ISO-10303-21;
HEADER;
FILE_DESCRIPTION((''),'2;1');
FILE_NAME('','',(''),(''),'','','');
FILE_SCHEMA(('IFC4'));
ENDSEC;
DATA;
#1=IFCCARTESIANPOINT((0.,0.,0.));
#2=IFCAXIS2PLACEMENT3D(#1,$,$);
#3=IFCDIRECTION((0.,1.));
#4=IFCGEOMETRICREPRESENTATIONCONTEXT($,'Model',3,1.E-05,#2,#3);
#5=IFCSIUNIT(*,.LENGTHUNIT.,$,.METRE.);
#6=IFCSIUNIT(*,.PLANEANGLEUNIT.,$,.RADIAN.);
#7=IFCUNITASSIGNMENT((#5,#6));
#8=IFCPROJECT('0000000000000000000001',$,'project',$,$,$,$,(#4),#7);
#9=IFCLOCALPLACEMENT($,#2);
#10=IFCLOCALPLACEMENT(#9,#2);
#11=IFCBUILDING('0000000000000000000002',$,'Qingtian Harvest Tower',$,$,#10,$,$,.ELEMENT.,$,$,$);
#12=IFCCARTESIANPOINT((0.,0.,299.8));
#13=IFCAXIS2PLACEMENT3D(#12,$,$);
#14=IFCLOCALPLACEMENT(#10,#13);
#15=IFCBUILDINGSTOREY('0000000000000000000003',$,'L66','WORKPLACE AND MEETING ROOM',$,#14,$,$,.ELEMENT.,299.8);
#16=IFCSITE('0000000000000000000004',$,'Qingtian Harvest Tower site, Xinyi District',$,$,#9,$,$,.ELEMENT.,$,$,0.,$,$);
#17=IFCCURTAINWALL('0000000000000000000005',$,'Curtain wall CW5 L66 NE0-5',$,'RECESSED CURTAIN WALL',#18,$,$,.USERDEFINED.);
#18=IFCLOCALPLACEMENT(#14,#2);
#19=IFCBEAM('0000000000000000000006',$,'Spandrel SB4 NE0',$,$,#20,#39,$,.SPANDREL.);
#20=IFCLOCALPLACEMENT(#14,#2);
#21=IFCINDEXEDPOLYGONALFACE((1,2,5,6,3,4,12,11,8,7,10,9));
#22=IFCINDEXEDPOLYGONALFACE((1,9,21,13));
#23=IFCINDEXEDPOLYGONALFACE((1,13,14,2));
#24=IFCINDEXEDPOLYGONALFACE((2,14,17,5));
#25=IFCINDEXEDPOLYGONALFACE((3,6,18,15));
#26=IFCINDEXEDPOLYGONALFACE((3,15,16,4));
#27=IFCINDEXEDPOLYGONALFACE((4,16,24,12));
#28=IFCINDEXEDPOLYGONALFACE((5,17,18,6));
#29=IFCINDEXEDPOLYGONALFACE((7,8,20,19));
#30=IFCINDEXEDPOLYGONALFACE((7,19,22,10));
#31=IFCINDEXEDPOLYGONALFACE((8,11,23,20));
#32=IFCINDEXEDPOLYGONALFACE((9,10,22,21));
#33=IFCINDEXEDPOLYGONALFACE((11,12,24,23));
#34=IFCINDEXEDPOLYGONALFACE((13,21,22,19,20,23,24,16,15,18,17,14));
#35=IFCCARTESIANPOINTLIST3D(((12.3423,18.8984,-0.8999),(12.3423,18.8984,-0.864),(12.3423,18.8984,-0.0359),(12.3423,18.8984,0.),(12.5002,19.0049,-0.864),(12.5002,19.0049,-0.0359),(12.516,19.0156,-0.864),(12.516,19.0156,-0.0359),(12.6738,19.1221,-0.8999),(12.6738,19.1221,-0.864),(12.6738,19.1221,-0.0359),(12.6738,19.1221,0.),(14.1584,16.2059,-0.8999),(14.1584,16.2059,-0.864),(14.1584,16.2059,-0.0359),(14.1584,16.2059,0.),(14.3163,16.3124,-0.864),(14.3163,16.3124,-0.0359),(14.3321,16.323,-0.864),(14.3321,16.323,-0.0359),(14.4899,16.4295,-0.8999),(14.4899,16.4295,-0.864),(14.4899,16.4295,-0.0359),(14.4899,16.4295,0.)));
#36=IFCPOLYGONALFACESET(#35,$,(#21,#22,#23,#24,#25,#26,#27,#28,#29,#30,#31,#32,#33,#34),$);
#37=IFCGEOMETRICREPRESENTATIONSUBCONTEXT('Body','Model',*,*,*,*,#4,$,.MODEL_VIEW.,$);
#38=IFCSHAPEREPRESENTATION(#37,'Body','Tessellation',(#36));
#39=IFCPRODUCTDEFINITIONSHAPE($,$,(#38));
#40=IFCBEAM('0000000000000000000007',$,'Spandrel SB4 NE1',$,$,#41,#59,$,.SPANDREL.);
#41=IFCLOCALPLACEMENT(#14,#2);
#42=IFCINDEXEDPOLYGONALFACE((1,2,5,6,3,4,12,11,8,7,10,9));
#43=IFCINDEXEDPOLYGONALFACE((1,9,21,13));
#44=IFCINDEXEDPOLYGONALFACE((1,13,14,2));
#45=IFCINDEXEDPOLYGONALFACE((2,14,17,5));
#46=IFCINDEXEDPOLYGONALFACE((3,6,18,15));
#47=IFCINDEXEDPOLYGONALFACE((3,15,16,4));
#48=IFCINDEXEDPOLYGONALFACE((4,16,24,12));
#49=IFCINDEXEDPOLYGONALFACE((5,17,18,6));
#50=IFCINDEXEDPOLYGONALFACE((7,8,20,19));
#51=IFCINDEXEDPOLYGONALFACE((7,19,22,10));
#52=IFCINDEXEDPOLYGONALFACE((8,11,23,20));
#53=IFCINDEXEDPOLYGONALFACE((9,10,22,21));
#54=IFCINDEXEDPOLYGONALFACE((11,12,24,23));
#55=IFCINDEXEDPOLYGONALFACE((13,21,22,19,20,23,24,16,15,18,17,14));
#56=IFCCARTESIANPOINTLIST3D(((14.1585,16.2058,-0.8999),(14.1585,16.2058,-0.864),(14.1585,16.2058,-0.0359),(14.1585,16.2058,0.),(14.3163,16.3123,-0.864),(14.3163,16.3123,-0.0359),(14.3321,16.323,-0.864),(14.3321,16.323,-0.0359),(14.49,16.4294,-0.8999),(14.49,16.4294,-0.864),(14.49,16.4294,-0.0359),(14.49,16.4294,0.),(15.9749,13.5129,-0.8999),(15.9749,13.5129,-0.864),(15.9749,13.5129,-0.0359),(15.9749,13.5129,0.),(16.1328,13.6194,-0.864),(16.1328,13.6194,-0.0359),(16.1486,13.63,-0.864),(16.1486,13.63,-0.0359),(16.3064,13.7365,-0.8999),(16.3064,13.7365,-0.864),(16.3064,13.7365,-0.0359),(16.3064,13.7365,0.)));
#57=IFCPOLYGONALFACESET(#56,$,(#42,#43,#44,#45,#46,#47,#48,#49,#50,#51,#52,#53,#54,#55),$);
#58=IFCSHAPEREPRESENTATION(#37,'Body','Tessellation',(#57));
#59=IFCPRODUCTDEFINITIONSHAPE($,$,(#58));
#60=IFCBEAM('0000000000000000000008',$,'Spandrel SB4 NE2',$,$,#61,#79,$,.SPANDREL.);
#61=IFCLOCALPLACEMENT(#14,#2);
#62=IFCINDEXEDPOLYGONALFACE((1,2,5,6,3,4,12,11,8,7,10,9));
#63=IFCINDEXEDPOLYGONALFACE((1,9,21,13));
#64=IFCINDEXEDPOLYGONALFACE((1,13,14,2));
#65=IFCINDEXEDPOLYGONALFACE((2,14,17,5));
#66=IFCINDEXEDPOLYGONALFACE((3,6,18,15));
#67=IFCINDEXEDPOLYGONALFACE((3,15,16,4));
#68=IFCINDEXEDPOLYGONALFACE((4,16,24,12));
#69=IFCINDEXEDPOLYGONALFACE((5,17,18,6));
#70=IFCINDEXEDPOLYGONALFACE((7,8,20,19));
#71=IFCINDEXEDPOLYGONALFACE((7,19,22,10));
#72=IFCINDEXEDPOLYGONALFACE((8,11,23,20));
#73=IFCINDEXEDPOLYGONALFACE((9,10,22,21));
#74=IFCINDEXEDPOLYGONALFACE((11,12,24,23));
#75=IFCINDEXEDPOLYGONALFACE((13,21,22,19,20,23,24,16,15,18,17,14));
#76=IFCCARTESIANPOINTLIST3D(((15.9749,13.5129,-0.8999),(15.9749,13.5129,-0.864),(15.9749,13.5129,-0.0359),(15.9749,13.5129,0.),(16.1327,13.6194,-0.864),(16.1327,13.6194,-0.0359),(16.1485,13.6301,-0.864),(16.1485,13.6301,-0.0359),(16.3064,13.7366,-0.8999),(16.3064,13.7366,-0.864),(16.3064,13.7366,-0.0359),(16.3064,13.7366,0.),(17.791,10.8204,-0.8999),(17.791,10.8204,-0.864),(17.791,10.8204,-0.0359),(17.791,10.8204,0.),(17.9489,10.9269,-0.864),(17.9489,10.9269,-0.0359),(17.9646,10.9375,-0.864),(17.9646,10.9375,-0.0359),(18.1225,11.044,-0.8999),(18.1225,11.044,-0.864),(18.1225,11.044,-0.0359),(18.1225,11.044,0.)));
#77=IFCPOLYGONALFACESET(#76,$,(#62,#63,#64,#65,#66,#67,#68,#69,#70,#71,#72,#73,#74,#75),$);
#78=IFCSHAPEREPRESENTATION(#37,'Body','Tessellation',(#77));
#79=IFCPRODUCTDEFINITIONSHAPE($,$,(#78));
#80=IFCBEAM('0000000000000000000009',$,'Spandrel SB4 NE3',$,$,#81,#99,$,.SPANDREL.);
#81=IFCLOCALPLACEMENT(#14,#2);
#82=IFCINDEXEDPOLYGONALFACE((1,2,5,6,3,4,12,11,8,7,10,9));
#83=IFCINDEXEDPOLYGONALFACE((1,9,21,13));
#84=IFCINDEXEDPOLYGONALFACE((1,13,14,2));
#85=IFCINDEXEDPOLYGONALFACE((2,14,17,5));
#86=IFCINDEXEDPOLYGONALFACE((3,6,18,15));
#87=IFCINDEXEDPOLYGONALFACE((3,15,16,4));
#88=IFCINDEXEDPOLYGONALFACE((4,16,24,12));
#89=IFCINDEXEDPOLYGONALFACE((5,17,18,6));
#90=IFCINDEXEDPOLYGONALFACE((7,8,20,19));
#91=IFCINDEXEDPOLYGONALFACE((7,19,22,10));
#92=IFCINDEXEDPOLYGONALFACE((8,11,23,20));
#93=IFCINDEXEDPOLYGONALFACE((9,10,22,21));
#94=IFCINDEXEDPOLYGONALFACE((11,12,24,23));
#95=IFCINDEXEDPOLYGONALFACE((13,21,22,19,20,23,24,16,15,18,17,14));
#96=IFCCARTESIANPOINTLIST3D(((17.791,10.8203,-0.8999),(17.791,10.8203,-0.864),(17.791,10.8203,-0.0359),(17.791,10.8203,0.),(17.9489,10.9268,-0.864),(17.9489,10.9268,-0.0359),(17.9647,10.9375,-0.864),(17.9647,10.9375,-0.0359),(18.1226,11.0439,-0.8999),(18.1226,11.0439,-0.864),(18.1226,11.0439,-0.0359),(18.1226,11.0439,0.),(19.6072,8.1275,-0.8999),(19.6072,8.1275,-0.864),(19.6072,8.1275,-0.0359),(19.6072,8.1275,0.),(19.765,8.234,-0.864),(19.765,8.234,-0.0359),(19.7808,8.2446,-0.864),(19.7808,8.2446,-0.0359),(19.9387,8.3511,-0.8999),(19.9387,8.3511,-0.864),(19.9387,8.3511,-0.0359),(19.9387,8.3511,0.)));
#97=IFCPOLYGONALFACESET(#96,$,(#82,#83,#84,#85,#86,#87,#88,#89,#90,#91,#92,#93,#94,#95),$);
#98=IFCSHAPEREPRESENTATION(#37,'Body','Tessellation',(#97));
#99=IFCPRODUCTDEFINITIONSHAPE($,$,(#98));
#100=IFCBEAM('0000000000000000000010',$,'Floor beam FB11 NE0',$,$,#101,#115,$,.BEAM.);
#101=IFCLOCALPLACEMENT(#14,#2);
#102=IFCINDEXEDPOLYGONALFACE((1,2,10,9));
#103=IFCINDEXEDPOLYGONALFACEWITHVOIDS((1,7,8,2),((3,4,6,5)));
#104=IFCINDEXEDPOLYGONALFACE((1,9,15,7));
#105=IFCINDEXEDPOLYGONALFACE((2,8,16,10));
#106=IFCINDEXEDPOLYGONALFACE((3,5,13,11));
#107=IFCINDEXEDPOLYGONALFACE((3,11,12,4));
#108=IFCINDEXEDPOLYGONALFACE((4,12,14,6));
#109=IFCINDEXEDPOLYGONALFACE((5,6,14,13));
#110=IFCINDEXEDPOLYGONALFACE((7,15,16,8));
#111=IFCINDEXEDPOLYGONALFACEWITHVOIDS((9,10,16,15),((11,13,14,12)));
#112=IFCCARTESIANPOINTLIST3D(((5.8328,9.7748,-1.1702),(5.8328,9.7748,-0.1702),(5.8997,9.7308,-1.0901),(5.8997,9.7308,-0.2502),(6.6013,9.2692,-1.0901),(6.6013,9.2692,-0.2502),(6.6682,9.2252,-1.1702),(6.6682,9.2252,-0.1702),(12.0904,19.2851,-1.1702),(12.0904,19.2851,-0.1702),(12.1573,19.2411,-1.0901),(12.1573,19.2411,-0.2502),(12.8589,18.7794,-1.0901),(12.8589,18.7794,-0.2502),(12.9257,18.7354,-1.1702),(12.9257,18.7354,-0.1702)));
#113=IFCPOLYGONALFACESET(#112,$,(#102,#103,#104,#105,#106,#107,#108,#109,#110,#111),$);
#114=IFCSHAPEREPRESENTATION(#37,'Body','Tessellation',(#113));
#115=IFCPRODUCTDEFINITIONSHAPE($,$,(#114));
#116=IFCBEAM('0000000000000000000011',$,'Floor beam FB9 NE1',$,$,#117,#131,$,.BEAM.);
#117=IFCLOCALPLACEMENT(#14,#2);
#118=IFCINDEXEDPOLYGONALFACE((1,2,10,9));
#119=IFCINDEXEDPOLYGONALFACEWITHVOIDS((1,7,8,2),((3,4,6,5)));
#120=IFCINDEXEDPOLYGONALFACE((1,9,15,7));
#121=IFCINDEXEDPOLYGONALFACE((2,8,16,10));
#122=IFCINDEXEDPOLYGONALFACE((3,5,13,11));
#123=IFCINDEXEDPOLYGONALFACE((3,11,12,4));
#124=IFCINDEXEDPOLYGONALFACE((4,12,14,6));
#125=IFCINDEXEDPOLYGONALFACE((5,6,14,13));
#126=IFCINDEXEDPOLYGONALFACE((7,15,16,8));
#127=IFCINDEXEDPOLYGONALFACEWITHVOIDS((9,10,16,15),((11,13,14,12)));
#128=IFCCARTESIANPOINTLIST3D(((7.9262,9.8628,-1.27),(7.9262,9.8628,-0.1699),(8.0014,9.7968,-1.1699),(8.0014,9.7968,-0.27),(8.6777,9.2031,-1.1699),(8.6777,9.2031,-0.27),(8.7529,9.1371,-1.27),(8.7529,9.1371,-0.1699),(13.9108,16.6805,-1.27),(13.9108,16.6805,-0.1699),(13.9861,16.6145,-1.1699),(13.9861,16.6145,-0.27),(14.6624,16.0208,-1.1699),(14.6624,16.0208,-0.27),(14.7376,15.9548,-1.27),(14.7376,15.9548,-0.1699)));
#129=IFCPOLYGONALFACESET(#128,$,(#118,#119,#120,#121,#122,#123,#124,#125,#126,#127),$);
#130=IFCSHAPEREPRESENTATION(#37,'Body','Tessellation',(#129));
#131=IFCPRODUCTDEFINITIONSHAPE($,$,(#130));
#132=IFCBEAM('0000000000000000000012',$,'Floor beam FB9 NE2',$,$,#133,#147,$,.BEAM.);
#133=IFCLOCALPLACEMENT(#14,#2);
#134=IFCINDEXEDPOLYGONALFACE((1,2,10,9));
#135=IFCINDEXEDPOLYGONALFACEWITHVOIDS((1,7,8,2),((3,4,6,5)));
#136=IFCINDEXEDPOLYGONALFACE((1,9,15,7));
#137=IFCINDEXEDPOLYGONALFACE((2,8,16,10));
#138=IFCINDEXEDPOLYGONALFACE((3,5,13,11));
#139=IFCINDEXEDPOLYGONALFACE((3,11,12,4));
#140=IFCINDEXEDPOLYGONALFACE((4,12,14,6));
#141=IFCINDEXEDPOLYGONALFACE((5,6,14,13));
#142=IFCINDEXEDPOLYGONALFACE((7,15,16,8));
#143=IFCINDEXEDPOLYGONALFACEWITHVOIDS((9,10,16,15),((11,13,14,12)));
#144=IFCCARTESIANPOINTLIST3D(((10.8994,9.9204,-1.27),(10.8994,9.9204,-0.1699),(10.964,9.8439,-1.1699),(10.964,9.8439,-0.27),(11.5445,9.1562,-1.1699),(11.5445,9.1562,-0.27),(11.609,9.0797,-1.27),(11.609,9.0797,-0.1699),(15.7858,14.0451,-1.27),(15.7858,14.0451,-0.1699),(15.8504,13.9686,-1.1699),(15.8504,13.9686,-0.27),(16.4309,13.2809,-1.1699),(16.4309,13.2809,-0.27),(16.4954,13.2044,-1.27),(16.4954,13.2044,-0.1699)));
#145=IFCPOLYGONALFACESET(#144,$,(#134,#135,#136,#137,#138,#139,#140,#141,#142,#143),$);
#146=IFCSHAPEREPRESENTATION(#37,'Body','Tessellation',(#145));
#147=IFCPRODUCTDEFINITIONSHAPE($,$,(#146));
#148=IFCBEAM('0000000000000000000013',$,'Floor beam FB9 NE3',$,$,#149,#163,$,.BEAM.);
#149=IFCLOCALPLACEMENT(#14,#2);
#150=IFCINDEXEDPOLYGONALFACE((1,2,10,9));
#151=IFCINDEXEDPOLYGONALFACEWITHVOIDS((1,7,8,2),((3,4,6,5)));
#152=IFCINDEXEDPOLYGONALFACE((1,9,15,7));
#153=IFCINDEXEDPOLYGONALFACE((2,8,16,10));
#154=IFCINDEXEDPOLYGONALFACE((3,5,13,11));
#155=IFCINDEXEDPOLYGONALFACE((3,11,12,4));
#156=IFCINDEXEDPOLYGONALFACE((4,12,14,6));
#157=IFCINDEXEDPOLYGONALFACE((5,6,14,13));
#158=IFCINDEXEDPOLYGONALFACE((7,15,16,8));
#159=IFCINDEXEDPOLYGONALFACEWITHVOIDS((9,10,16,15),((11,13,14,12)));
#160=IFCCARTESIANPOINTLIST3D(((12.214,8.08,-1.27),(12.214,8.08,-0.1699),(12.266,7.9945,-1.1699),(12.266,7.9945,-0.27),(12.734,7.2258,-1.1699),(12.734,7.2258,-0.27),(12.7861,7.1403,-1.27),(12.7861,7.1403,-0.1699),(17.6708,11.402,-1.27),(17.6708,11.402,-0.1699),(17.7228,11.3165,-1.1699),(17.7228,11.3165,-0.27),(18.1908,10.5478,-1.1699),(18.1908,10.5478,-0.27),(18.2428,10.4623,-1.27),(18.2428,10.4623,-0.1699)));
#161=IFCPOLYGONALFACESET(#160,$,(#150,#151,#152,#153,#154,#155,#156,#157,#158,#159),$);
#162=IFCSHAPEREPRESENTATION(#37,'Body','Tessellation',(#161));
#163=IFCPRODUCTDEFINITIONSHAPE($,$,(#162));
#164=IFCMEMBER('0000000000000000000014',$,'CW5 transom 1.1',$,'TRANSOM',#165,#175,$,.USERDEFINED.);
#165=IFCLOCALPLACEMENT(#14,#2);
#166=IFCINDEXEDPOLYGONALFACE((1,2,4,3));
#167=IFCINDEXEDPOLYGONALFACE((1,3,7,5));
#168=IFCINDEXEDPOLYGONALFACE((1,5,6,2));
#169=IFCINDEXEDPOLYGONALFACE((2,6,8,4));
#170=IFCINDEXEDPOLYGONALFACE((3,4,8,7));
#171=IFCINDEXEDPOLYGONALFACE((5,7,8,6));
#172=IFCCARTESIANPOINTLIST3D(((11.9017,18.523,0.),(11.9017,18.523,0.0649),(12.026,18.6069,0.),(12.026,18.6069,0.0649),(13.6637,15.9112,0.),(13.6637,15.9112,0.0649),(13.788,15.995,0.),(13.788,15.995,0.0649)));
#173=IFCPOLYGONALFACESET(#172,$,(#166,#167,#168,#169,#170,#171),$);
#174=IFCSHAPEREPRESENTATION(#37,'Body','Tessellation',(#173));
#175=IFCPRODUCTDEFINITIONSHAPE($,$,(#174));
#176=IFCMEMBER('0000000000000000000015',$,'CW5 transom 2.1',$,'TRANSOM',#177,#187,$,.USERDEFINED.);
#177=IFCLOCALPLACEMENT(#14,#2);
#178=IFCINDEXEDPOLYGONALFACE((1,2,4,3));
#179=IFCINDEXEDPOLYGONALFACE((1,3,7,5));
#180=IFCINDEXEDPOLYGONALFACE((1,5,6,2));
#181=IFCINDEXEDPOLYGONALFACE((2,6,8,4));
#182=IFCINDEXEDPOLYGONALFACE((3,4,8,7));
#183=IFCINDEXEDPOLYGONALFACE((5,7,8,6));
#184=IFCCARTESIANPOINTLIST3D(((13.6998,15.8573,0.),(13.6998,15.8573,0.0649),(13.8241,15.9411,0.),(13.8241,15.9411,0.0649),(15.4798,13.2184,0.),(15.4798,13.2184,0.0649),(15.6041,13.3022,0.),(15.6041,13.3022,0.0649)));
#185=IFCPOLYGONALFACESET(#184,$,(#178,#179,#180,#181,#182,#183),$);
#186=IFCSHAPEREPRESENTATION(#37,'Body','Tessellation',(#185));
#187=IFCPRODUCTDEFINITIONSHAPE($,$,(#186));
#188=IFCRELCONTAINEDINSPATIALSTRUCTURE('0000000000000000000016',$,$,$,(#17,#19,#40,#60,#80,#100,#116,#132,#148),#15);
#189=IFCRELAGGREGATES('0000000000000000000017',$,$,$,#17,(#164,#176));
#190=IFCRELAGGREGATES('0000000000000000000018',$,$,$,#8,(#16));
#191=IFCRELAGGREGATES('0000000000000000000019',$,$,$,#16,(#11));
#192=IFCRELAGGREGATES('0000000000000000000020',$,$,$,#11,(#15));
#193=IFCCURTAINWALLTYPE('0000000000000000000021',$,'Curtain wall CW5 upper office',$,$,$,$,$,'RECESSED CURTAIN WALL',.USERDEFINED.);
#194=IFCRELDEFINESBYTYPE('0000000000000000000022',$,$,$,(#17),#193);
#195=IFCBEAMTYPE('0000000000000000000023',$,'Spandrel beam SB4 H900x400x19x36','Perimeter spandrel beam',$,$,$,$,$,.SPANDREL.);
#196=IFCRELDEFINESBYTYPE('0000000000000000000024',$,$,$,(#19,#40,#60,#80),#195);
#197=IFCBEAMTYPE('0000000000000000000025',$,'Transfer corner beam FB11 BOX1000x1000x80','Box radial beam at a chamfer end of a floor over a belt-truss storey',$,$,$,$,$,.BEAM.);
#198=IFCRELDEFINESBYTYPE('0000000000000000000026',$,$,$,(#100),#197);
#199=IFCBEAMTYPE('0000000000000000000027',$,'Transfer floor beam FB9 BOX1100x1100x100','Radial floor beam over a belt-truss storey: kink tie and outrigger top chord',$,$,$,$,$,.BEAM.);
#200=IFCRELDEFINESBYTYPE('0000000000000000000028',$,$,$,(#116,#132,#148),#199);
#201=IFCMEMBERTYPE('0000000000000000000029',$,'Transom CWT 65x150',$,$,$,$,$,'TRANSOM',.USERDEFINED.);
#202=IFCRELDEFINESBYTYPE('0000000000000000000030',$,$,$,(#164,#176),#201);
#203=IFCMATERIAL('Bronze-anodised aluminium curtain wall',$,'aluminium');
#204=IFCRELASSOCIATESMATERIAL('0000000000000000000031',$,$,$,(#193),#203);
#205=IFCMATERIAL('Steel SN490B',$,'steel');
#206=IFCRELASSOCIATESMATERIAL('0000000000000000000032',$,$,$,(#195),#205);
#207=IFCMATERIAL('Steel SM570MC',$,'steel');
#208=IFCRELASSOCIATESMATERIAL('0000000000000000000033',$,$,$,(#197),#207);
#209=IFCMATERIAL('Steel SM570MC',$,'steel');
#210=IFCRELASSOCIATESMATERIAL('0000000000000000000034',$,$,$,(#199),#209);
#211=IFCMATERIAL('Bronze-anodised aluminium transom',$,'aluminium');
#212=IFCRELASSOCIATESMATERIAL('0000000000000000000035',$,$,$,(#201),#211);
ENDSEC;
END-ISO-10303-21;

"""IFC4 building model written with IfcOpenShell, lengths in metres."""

from ifc_helpers import new_model, si_unit, direction, frame, origin, origin_2d, place, context, subcontext, project, spatial, rectangle, hollow_rectangle, i_section, extrude, material, material_profile, profile_set, type_object, element, aggregate, save


model = new_model("IFC4")

# Units and contexts
model_context = context("Model", 3, precision=1e-05, world=origin(), true_north=direction((0.0, 1.0)))
body_context = subcontext(model_context, "Body", "Model", "MODEL_VIEW")
ifc_project = project(units=[si_unit("LENGTHUNIT", "METRE"), si_unit("PLANEANGLEUNIT", "RADIAN")], contexts=[model_context])

# Site, building, storey
site_placement = place(None, origin())
site = spatial("IfcSite", under=ifc_project, at=site_placement, Name="Qingtian Harvest Tower site, Xinyi District", CompositionType="ELEMENT", RefElevation=0.0)
building_placement = place(site_placement, origin())
building = spatial("IfcBuilding", under=site, at=building_placement, Name="Qingtian Harvest Tower", CompositionType="ELEMENT")
storey_placement = place(building_placement, frame((0.0, 0.0, 299.8)))
storey = spatial("IfcBuildingStorey", under=building, at=storey_placement, Name="L66", Description="WORKPLACE AND MEETING ROOM", CompositionType="ELEMENT", Elevation=299.8)

# Shared definitions
ifc_material_1 = material(Name="Bronze-anodised aluminium curtain wall", Category="aluminium")
curtain_wall_type = type_object("IfcCurtainWallType", Name="Curtain wall CW5 upper office", ElementType="RECESSED CURTAIN WALL", PredefinedType="USERDEFINED", material=ifc_material_1)

# Curtain wall
curtain_wall_1_placement = place(storey_placement, origin())
curtain_wall_1 = element("IfcCurtainWall", 1, at=curtain_wall_1_placement, inside=storey, type_object=curtain_wall_type, Name="Curtain wall CW5 L66 NE0-5", ObjectType="RECESSED CURTAIN WALL", PredefinedType="USERDEFINED")

# Beams
ifc_material_2 = material(Name="Steel SN490B", Category="steel")
ifc_material_profile_1 = material_profile(ifc_material_2, i_section(OverallWidth=0.3999, OverallDepth=0.8999, WebThickness=0.019, FlangeThickness=0.0359, at=origin_2d()), Name="H900x400x19x36")
ifc_profile_set_1 = profile_set([ifc_material_profile_1], Name="Steel SN490B")
beam_type_1 = type_object("IfcBeamType", Name="Spandrel beam SB4 H900x400x19x36", Description="Perimeter spandrel beam", PredefinedType="SPANDREL", material=ifc_profile_set_1)
beam_1_placement = place(storey_placement, frame((12.5081, 19.0103, -0.45), z_axis=(0.559185, -0.829043, 0.0), x_axis=(0.829043, 0.559185, 0.0)))
element("IfcBeam", 2, at=beam_1_placement, inside=storey, type_object=beam_type_1, Name="Spandrel SB4 NE0", PredefinedType="SPANDREL", context=body_context, shape_type="SweptSolid", body=[
    extrude(i_section(OverallWidth=0.3999, OverallDepth=0.8999, WebThickness=0.019, FlangeThickness=0.0359, at=origin_2d()), origin(), (0.0, 0.0, 1.0), 3.2478),
])
beam_2_placement = place(storey_placement, frame((14.3242, 16.3176, -0.45), z_axis=(0.559202, -0.829032, 0.0), x_axis=(0.829032, 0.559202, 0.0)))
element("IfcBeam", 3, at=beam_2_placement, inside=storey, type_object=beam_type_1, Name="Spandrel SB4 NE1", PredefinedType="SPANDREL", context=body_context, shape_type="SweptSolid", body=[
    extrude(i_section(OverallWidth=0.3999, OverallDepth=0.8999, WebThickness=0.019, FlangeThickness=0.0359, at=origin_2d()), origin(), (0.0, 0.0, 1.0), 3.2483),
])
beam_3_placement = place(storey_placement, frame((16.1406, 13.6248, -0.45), z_axis=(0.559185, -0.829043, 0.0), x_axis=(0.829043, 0.559185, 0.0)))
element("IfcBeam", 4, at=beam_3_placement, inside=storey, type_object=beam_type_1, Name="Spandrel SB4 NE2", PredefinedType="SPANDREL", context=body_context, shape_type="SweptSolid", body=[
    extrude(i_section(OverallWidth=0.3999, OverallDepth=0.8999, WebThickness=0.019, FlangeThickness=0.0359, at=origin_2d()), origin(), (0.0, 0.0, 1.0), 3.2478),
])
beam_4_placement = place(storey_placement, frame((17.9568, 10.9321, -0.45), z_axis=(0.55915, -0.829066, 0.0), x_axis=(0.829066, 0.55915, 0.0)))
element("IfcBeam", 5, at=beam_4_placement, inside=storey, type_object=beam_type_1, Name="Spandrel SB4 NE3", PredefinedType="SPANDREL", context=body_context, shape_type="SweptSolid", body=[
    extrude(i_section(OverallWidth=0.3999, OverallDepth=0.8999, WebThickness=0.019, FlangeThickness=0.0359, at=origin_2d()), origin(), (0.0, 0.0, 1.0), 3.248),
])
ifc_material_3 = material(Name="Steel SM570MC", Category="steel")
ifc_material_profile_2 = material_profile(ifc_material_3, hollow_rectangle(XDim=1.0, YDim=1.0, WallThickness=0.0801, at=origin_2d()), Name="BOX1000x1000x80")
ifc_profile_set_2 = profile_set([ifc_material_profile_2], Name="Steel SM570MC")
beam_type_2 = type_object("IfcBeamType", Name="Transfer corner beam FB11 BOX1000x1000x80", Description="Box radial beam at a chamfer end of a floor over a belt-truss storey", PredefinedType="BEAM", material=ifc_profile_set_2)
beam_5_placement = place(storey_placement, frame((12.5081, 19.0103, -0.6702), z_axis=(-0.549667, -0.835384, 0.0), x_axis=(0.835384, -0.549667, 0.0)))
element("IfcBeam", 6, at=beam_5_placement, inside=storey, type_object=beam_type_2, Name="Floor beam FB11 NE0", PredefinedType="BEAM", context=body_context, shape_type="SweptSolid", body=[
    extrude(hollow_rectangle(XDim=1.0, YDim=1.0, WallThickness=0.0801, at=origin_2d()), origin(), (0.0, 0.0, 1.0), 11.3843),
])
ifc_material_4 = material(Name="Steel SM570MC", Category="steel")
ifc_material_profile_3 = material_profile(ifc_material_4, hollow_rectangle(XDim=1.1001, YDim=1.1001, WallThickness=0.1001, at=origin_2d()), Name="BOX1100x1100x100")
ifc_profile_set_3 = profile_set([ifc_material_profile_3], Name="Steel SM570MC")
beam_type_3 = type_object("IfcBeamType", Name="Transfer floor beam FB9 BOX1100x1100x100", Description="Radial floor beam over a belt-truss storey: kink tie and outrigger top chord", PredefinedType="BEAM", material=ifc_profile_set_3)
beam_6_placement = place(storey_placement, frame((14.3242, 16.3176, -0.72), z_axis=(-0.659702, -0.751527, 0.0), x_axis=(0.751527, -0.659702, 0.0)))
element("IfcBeam", 7, at=beam_6_placement, inside=storey, type_object=beam_type_3, Name="Floor beam FB9 NE1", PredefinedType="BEAM", context=body_context, shape_type="SweptSolid", body=[
    extrude(hollow_rectangle(XDim=1.1001, YDim=1.1001, WallThickness=0.1001, at=origin_2d()), origin(), (0.0, 0.0, 1.0), 9.0718),
])
beam_7_placement = place(storey_placement, frame((16.1406, 13.6248, -0.72), z_axis=(-0.764153, -0.645035, 0.0), x_axis=(0.645035, -0.764153, 0.0)))
element("IfcBeam", 8, at=beam_7_placement, inside=storey, type_object=beam_type_3, Name="Floor beam FB9 NE2", PredefinedType="BEAM", context=body_context, shape_type="SweptSolid", body=[
    extrude(hollow_rectangle(XDim=1.1001, YDim=1.1001, WallThickness=0.1001, at=origin_2d()), origin(), (0.0, 0.0, 1.0), 6.3945),
])
beam_8_placement = place(storey_placement, frame((17.9568, 10.9321, -0.72), z_axis=(-0.854164, -0.520004, 0.0), x_axis=(0.520004, -0.854164, 0.0)))
element("IfcBeam", 9, at=beam_8_placement, inside=storey, type_object=beam_type_3, Name="Floor beam FB9 NE3", PredefinedType="BEAM", context=body_context, shape_type="SweptSolid", body=[
    extrude(hollow_rectangle(XDim=1.1001, YDim=1.1001, WallThickness=0.1001, at=origin_2d()), origin(), (0.0, 0.0, 1.0), 6.3884),
])

# Members
ifc_material_5 = material(Name="Bronze-anodised aluminium transom", Category="aluminium")
ifc_material_profile_4 = material_profile(ifc_material_5, rectangle(XDim=0.1499, YDim=0.0649, at=origin_2d()), Name="AL 65x150")
ifc_profile_set_4 = profile_set([ifc_material_profile_4], Name="Bronze-anodised aluminium transom")
member_type_1 = type_object("IfcMemberType", Name="Transom CWT 65x150", ElementType="TRANSOM", PredefinedType="USERDEFINED", material=ifc_profile_set_4)
member_1_placement = place(storey_placement, frame((11.9639, 18.5649, 0.0325), z_axis=(0.559252, -0.828998, 0.0), x_axis=(0.828998, 0.559252, 0.0)))
member_1 = element("IfcMember", 10, at=member_1_placement, type_object=member_type_1, Name="CW5 transom 1.1", ObjectType="TRANSOM", PredefinedType="USERDEFINED", context=body_context, shape_type="SweptSolid", body=[
    extrude(rectangle(XDim=0.1499, YDim=0.0649, at=origin_2d()), origin(), (0.0, 0.0, 1.0), 3.1506),
])
member_2_placement = place(storey_placement, frame((13.762, 15.8992, 0.0325), z_axis=(0.559205, -0.829029, 0.0), x_axis=(0.829029, 0.559205, 0.0)))
member_2 = element("IfcMember", 11, at=member_2_placement, type_object=member_type_1, Name="CW5 transom 2.1", ObjectType="TRANSOM", PredefinedType="USERDEFINED", context=body_context, shape_type="SweptSolid", body=[
    extrude(rectangle(XDim=0.1499, YDim=0.0649, at=origin_2d()), origin(), (0.0, 0.0, 1.0), 3.1831),
])

aggregate(curtain_wall_1, [member_1, member_2])

save(model, "model.ifc")
